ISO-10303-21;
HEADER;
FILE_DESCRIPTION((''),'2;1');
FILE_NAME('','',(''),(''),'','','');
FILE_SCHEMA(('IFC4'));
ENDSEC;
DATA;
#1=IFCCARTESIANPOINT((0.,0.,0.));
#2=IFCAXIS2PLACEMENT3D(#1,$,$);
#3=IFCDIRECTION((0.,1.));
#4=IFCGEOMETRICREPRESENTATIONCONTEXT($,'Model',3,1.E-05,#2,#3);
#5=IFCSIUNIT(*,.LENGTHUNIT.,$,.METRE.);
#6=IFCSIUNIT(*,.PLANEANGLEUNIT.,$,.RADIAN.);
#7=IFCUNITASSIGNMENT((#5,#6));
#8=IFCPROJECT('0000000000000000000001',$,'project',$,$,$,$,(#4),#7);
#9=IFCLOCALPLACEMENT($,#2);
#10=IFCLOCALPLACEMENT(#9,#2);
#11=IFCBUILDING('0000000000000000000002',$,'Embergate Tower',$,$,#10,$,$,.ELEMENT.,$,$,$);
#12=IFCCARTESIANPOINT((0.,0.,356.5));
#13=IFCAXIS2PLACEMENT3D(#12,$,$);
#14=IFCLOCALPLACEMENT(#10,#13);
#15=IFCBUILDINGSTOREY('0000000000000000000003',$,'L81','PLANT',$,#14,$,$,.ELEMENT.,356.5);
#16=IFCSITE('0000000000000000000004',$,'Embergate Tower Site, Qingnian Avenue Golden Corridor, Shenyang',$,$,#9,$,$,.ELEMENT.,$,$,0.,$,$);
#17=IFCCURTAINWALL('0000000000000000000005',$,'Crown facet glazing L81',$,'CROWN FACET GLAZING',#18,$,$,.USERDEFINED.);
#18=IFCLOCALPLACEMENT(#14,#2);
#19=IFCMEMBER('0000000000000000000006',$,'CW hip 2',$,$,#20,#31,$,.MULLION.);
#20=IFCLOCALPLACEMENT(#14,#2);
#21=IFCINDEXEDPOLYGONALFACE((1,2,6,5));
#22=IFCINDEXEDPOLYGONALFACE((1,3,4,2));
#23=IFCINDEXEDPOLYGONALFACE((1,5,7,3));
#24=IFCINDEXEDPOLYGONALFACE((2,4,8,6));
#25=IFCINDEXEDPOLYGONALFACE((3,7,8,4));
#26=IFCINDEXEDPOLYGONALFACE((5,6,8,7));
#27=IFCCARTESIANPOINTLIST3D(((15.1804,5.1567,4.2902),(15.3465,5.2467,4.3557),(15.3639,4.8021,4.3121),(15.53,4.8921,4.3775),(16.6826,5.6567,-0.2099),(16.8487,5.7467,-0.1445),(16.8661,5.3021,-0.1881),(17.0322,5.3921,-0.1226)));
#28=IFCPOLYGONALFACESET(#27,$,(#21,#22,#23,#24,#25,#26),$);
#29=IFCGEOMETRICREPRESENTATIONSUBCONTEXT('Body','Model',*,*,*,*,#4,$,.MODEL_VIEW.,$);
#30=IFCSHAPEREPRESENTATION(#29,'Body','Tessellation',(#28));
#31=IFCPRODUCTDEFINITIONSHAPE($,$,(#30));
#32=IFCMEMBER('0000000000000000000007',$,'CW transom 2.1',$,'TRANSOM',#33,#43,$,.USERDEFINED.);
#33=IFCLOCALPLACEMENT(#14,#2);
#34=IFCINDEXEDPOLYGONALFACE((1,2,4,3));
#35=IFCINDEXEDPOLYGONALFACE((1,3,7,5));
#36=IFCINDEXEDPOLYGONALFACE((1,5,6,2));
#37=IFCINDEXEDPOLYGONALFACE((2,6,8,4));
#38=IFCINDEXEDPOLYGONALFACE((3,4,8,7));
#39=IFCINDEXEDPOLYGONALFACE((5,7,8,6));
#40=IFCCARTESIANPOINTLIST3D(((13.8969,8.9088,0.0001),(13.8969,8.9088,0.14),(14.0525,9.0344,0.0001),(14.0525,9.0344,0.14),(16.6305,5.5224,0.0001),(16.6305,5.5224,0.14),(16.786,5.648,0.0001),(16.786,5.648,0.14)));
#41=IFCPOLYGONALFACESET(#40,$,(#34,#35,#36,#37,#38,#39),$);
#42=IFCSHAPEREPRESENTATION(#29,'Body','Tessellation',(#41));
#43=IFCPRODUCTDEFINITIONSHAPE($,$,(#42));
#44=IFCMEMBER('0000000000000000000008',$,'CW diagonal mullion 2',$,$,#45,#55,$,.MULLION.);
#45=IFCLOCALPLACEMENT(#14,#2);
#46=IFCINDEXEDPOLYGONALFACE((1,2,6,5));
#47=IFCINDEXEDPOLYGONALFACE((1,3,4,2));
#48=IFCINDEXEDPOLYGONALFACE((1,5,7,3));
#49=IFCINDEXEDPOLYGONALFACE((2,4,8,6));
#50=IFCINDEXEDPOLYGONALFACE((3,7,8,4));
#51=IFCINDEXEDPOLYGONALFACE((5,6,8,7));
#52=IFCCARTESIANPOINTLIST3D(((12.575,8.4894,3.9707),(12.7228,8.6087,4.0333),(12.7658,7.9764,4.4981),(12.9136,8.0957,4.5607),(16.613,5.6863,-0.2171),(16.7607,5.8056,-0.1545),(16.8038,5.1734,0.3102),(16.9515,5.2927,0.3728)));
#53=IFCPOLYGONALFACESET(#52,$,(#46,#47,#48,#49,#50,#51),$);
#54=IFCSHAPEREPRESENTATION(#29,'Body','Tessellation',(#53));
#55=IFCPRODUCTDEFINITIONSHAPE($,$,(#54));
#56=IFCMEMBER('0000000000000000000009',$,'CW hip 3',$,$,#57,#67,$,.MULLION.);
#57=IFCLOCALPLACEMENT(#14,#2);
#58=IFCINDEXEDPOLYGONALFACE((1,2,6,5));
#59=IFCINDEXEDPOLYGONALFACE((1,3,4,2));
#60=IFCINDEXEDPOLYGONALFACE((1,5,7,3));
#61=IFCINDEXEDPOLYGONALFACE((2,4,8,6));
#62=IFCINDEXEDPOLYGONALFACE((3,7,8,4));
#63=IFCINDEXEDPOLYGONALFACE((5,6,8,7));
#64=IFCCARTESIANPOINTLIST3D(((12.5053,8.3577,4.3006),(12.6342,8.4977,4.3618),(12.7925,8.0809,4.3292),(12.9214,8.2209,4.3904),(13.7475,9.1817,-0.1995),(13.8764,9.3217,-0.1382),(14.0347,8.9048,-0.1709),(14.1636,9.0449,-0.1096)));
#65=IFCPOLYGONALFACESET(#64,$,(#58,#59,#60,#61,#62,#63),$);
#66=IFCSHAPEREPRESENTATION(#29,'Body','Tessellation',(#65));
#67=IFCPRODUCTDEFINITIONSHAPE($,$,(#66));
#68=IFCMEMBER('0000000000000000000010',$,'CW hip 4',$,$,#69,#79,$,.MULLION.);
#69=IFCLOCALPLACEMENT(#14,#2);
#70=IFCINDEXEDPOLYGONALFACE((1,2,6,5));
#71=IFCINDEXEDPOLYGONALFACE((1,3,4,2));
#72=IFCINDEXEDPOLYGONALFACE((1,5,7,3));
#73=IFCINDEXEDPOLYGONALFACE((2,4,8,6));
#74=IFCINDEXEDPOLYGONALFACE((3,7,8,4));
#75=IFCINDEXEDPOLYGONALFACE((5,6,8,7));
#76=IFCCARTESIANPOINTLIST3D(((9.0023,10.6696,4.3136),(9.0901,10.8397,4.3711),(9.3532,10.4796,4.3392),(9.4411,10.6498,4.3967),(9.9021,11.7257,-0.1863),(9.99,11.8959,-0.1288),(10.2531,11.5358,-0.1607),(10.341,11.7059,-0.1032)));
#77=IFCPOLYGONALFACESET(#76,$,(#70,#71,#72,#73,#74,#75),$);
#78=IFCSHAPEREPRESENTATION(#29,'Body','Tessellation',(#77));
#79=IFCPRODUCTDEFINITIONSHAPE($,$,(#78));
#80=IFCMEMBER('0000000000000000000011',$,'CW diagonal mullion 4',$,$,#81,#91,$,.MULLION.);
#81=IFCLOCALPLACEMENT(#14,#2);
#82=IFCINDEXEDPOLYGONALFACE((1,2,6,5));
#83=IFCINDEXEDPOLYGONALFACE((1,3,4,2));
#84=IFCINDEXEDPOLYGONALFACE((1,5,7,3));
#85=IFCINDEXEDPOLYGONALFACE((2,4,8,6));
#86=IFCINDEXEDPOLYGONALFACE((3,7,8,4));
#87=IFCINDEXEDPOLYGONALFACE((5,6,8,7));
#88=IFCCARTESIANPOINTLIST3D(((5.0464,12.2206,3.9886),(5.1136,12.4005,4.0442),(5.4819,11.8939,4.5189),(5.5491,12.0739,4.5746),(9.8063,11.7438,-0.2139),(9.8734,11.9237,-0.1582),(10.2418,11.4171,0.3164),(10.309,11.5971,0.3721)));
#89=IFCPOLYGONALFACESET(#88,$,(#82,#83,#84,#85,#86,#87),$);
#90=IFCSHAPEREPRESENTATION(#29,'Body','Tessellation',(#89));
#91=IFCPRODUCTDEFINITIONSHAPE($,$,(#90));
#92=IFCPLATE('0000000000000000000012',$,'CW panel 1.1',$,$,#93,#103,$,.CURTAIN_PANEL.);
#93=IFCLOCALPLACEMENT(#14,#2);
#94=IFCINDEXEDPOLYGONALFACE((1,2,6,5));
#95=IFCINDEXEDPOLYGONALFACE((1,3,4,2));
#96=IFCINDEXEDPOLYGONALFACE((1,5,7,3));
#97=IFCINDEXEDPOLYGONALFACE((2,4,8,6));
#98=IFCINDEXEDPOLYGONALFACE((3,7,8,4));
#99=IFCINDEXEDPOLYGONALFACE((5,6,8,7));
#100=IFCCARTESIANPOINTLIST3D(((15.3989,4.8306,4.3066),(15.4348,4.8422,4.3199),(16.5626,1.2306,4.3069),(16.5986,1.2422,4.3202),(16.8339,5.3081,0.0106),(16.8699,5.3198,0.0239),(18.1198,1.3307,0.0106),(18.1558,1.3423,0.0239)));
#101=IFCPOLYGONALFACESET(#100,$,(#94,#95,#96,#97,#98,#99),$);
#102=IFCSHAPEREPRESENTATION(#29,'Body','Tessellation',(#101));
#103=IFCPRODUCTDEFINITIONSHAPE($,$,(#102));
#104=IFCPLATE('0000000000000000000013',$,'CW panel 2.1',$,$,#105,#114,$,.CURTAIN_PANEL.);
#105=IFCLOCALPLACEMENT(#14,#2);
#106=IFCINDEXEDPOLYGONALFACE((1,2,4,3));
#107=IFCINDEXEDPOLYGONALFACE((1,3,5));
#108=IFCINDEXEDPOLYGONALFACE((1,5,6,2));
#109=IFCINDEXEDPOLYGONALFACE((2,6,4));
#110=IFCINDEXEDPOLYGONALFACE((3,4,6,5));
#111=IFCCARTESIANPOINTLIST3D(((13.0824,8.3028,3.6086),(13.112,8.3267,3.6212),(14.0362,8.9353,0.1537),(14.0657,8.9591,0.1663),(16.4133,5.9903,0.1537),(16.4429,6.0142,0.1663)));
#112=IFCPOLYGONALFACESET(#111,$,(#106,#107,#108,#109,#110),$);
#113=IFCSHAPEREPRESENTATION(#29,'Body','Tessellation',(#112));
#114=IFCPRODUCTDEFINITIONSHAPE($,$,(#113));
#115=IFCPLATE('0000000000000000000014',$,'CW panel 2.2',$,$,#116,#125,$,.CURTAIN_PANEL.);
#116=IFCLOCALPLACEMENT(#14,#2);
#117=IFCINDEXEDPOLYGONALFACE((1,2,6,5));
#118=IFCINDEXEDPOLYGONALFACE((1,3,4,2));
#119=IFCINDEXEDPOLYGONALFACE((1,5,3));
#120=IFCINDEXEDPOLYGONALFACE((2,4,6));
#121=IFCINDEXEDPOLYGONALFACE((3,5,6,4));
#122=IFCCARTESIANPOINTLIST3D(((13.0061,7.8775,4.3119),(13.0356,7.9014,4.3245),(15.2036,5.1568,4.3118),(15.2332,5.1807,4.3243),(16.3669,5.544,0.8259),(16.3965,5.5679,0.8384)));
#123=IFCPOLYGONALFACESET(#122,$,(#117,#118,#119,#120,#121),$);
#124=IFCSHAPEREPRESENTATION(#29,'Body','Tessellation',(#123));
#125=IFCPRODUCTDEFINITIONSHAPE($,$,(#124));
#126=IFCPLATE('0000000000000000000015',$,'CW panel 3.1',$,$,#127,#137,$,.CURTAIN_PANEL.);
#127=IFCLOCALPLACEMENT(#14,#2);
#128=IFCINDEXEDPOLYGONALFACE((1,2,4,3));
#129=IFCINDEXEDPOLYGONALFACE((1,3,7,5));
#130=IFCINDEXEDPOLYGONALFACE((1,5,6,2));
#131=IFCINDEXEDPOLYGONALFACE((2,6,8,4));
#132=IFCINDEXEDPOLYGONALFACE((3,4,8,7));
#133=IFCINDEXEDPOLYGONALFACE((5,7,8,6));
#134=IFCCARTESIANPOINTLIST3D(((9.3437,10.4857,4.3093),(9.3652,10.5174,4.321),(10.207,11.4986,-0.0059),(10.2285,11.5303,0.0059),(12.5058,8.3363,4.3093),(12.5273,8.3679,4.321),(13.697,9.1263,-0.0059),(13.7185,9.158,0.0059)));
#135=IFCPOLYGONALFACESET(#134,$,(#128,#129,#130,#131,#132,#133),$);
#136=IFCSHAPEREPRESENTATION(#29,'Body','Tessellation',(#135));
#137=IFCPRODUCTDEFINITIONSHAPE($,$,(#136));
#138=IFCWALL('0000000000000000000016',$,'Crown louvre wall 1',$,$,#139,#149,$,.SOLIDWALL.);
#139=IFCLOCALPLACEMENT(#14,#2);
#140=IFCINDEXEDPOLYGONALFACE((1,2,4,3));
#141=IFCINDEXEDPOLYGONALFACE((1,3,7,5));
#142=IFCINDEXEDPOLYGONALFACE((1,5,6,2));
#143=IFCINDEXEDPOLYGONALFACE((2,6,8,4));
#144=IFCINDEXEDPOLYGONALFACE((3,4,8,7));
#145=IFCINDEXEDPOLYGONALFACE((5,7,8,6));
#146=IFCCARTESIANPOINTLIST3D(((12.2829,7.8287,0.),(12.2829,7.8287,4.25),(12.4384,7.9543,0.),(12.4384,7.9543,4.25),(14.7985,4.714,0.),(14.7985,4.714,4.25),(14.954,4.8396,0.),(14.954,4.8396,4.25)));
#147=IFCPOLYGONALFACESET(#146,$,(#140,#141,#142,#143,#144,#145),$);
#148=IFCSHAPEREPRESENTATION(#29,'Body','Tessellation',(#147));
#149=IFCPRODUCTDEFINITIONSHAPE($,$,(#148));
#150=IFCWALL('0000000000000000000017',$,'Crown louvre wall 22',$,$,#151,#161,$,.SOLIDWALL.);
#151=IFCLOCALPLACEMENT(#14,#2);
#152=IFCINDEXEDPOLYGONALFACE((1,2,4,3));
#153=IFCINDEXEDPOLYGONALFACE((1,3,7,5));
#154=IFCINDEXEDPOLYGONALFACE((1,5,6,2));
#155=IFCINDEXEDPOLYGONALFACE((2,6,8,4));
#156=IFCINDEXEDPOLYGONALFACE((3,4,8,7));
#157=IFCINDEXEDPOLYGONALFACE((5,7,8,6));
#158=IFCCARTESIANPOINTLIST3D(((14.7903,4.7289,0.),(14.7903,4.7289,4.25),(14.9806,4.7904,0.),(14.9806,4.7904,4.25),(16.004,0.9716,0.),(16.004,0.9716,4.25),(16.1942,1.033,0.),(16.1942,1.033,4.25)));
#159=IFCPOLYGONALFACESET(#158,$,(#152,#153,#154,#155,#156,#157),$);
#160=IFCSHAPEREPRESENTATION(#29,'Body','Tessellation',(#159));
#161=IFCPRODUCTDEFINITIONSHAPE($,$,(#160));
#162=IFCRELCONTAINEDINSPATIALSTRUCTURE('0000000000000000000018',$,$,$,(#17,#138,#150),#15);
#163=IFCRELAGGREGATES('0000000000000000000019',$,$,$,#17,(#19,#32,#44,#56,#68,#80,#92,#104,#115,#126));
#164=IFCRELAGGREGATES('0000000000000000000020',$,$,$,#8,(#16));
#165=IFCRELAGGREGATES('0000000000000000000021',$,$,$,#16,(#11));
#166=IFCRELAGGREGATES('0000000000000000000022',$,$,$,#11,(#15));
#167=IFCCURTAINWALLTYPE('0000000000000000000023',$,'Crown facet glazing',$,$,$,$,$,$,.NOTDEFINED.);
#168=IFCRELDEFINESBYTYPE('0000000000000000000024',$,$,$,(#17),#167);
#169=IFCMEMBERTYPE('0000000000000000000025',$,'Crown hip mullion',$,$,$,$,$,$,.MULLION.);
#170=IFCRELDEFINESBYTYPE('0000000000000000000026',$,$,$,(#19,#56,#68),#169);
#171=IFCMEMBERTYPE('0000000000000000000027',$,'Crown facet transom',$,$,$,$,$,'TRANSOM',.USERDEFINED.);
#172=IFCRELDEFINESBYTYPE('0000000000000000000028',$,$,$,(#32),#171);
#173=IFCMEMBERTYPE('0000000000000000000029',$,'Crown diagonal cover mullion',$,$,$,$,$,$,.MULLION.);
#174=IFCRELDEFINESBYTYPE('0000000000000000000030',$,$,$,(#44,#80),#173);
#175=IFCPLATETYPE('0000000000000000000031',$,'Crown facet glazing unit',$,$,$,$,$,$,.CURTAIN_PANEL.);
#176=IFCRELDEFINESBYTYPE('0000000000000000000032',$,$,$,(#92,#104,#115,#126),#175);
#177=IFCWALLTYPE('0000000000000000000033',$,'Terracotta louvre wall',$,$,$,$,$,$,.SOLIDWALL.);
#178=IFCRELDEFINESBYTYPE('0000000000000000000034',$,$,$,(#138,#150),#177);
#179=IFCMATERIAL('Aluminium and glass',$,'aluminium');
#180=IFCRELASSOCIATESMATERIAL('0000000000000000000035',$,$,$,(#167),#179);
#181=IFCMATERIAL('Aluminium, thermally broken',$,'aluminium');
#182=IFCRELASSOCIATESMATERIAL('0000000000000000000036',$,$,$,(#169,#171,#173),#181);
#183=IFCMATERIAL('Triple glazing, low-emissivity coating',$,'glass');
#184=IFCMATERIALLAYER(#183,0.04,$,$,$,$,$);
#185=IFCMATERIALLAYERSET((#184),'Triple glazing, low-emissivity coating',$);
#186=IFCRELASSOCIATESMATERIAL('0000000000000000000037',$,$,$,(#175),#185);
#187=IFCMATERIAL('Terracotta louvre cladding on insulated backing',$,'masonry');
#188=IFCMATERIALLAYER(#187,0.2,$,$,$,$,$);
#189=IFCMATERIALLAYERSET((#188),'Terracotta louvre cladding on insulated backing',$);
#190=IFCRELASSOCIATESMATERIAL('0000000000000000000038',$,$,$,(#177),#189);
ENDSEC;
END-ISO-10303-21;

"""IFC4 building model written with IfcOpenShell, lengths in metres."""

from ifc_helpers import new_model, si_unit, direction, frame, frame_2d, origin, origin_2d, place, context, subcontext, project, spatial, polyline, rectangle, outline, extrude, source, transform, mapped, material, layer, layer_set, material_profile, profile_set, type_object, element, aggregate, save


model = new_model("IFC4")

# Units and contexts
model_context = context("Model", 3, precision=1e-05, world=origin(), true_north=direction((0.0, 1.0)))
body_context = subcontext(model_context, "Body", "Model", "MODEL_VIEW")
ifc_project = project(units=[si_unit("LENGTHUNIT", "METRE"), si_unit("PLANEANGLEUNIT", "RADIAN")], contexts=[model_context])

# Site, building, storey
site_placement = place(None, origin())
site = spatial("IfcSite", under=ifc_project, at=site_placement, Name="Embergate Tower Site, Qingnian Avenue Golden Corridor, Shenyang", CompositionType="ELEMENT", RefElevation=0.0)
building_placement = place(site_placement, origin())
building = spatial("IfcBuilding", under=site, at=building_placement, Name="Embergate Tower", CompositionType="ELEMENT")
storey_placement = place(building_placement, frame((0.0, 0.0, 356.5)))
storey = spatial("IfcBuildingStorey", under=building, at=storey_placement, Name="L81", Description="PLANT", CompositionType="ELEMENT", Elevation=356.5)

# Curtain wall, members, plates
ifc_material_1 = material(Name="Aluminium and glass", Category="aluminium")
curtain_wall_type = type_object("IfcCurtainWallType", Name="Crown facet glazing", PredefinedType="NOTDEFINED", material=ifc_material_1)
curtain_wall_placement = place(storey_placement, origin())
curtain_wall = element("IfcCurtainWall", 1, at=curtain_wall_placement, inside=storey, type_object=curtain_wall_type, Name="Crown facet glazing L81", ObjectType="CROWN FACET GLAZING", PredefinedType="USERDEFINED")
ifc_material_2 = material(Name="Aluminium, thermally broken", Category="aluminium")
ifc_material_profile_1 = material_profile(ifc_material_2, rectangle(XDim=0.2, YDim=0.3999, at=origin_2d()), Name="AL 400x200")
ifc_profile_set_1 = profile_set([ifc_material_profile_1], Name="Aluminium, thermally broken")
member_type_1 = type_object("IfcMemberType", Name="Crown hip mullion", PredefinedType="MULLION", material=ifc_profile_set_1)
shared_shape_1 = source(origin(), body_context, "Body", "SweptSolid", [
    extrude(rectangle(XDim=0.2, YDim=0.3999, at=origin_2d()), origin(), (0.0, 0.0, 1.0), 4.7705),
])
member_1_placement = place(storey_placement, frame((16.8574, 5.5244, -0.1663), z_axis=(-0.3149, -0.104813, 0.94332), x_axis=(0.830809, 0.450106, 0.327354)))
member_1 = element("IfcMember", 2, at=member_1_placement, type_object=member_type_1, Name="CW hip 2", PredefinedType="MULLION", context=body_context, shape_type="MappedRepresentation", body=[
    mapped(shared_shape_1, transform((0.0, 0.0, 0.0))),
])
ifc_material_profile_2 = material_profile(ifc_material_2, rectangle(XDim=0.2, YDim=0.1399, at=origin_2d()), Name="AL 140x200")
ifc_profile_set_2 = profile_set([ifc_material_profile_2], Name="Aluminium, thermally broken")
member_type_2 = type_object("IfcMemberType", Name="Crown facet transom", ElementType="TRANSOM", PredefinedType="USERDEFINED", material=ifc_profile_set_2)
shared_shape_2 = source(origin(), body_context, "Body", "SweptSolid", [
    extrude(rectangle(XDim=0.2, YDim=0.1399, at=origin_2d()), origin(), (0.0, 0.0, 1.0), 4.3521),
])
member_2_placement = place(storey_placement, frame((16.7083, 5.5852, 0.0701), z_axis=(-0.628116, 0.778119, 0.0), x_axis=(-0.778119, -0.628116, 0.0)))
member_2 = element("IfcMember", 3, at=member_2_placement, type_object=member_type_2, Name="CW transom 2.1", ObjectType="TRANSOM", PredefinedType="USERDEFINED", context=body_context, shape_type="MappedRepresentation", body=[
    mapped(shared_shape_2, transform((0.0, 0.0, 0.0))),
])
ifc_material_profile_3 = material_profile(ifc_material_2, rectangle(XDim=0.2, YDim=0.76, at=origin_2d()), Name="AL 760x200")
ifc_profile_set_3 = profile_set([ifc_material_profile_3], Name="Aluminium, thermally broken")
member_type_3 = type_object("IfcMemberType", Name="Crown diagonal cover mullion", PredefinedType="MULLION", material=ifc_profile_set_3)
shared_shape_3 = source(origin(), body_context, "Body", "SweptSolid", [
    extrude(rectangle(XDim=0.2, YDim=0.76, at=origin_2d()), origin(), (0.0, 0.0, 1.0), 6.4575),
])
member_3_placement = place(storey_placement, frame((16.7822, 5.4895, 0.0779), z_axis=(-0.625304, 0.434072, 0.648518), x_axis=(0.738893, 0.596677, 0.313071)))
member_3 = element("IfcMember", 4, at=member_3_placement, type_object=member_type_3, Name="CW diagonal mullion 2", PredefinedType="MULLION", context=body_context, shape_type="MappedRepresentation", body=[
    mapped(shared_shape_3, transform((0.0, 0.0, 0.0))),
])
shared_shape_4 = source(origin(), body_context, "Body", "SweptSolid", [
    extrude(rectangle(XDim=0.2, YDim=0.3999, at=origin_2d()), origin(), (0.0, 0.0, 1.0), 4.7405),
])
member_4_placement = place(storey_placement, frame((13.9556, 9.1133, -0.1545), z_axis=(-0.262039, -0.173817, 0.949275), x_axis=(0.644657, 0.700466, 0.306211)))
member_4 = element("IfcMember", 5, at=member_4_placement, type_object=member_type_1, Name="CW hip 3", PredefinedType="MULLION", context=body_context, shape_type="MappedRepresentation", body=[
    mapped(shared_shape_4, transform((0.0, 0.0, 0.0))),
])
shared_shape_5 = source(origin(), body_context, "Body", "SweptSolid", [
    extrude(rectangle(XDim=0.2, YDim=0.3999, at=origin_2d()), origin(), (0.0, 0.0, 1.0), 4.709),
])
member_5_placement = place(storey_placement, frame((10.1216, 11.7158, -0.1448), z_axis=(-0.1911, -0.224281, 0.955604), x_axis=(0.439505, 0.85095, 0.28761)))
member_5 = element("IfcMember", 6, at=member_5_placement, type_object=member_type_1, Name="CW hip 4", PredefinedType="MULLION", context=body_context, shape_type="MappedRepresentation", body=[
    mapped(shared_shape_5, transform((0.0, 0.0, 0.0))),
])
shared_shape_6 = source(origin(), body_context, "Body", "SweptSolid", [
    extrude(rectangle(XDim=0.2, YDim=0.76, at=origin_2d()), origin(), (0.0, 0.0, 1.0), 6.3674),
])
member_6_placement = place(storey_placement, frame((10.0576, 11.6704, 0.0791), z_axis=(-0.74753, 0.074883, 0.659994), x_axis=(0.3359, 0.899827, 0.278356)))
member_6 = element("IfcMember", 7, at=member_6_placement, type_object=member_type_3, Name="CW diagonal mullion 4", PredefinedType="MULLION", context=body_context, shape_type="MappedRepresentation", body=[
    mapped(shared_shape_6, transform((0.0, 0.0, 0.0))),
])
ifc_material_3 = material(Name="Triple glazing, low-emissivity coating", Category="glass")
ifc_layer_1 = layer(ifc_material_3, 0.04)
ifc_layer_set_1 = layer_set([ifc_layer_1], Name="Triple glazing, low-emissivity coating")
plate_type = type_object("IfcPlateType", Name="Crown facet glazing unit", PredefinedType="CURTAIN_PANEL", material=ifc_layer_set_1)
shared_shape_7 = source(origin(), body_context, "Body", "SweptSolid", [
    extrude(outline(polyline([(0.0, 0.0), (4.1802, 0.0), (4.1672, 4.5544), (0.3838, 4.5547), (0.0, 0.0)])), origin(), (0.0, 0.0, -1.0), 0.04),
])
plate_1_placement = place(storey_placement, frame((18.1558, 1.3423, 0.0239), z_axis=(0.897517, 0.290161, 0.332069), x_axis=(-0.307616, 0.951511, -0.000002)))
plate_1 = element("IfcPlate", 8, at=plate_1_placement, type_object=plate_type, Name="CW panel 1.1", PredefinedType="CURTAIN_PANEL", context=body_context, shape_type="MappedRepresentation", body=[
    mapped(shared_shape_7, transform((0.0, 0.0, 0.0))),
])
shared_shape_8 = source(origin(), body_context, "Body", "SweptSolid", [
    extrude(outline(polyline([(0.0, 0.0), (3.7847, 0.0), (3.8916, 3.6379), (0.0, 0.0)])), origin(), (0.0, 0.0, -1.0), 0.04),
])
plate_2_placement = place(storey_placement, frame((16.4429, 6.0142, 0.1663), z_axis=(0.738988, 0.596495, 0.313194), x_axis=(-0.628095, 0.778136, 0.0)))
plate_2 = element("IfcPlate", 9, at=plate_2_placement, type_object=plate_type, Name="CW panel 2.1", PredefinedType="CURTAIN_PANEL", context=body_context, shape_type="MappedRepresentation", body=[
    mapped(shared_shape_8, transform((0.0, 0.0, 0.0))),
])
shared_shape_9 = source(origin(), body_context, "Body", "SweptSolid", [
    extrude(outline(polyline([(0.0, 0.0), (5.3752, 0.0), (2.8201, 2.3879), (0.0, 0.0)])), origin(), (0.0, 0.0, -1.0), 0.04),
])
plate_3_placement = place(storey_placement, frame((16.3965, 5.5679, 0.8384), z_axis=(0.738886, 0.596797, 0.312859), x_axis=(-0.625244, 0.434119, 0.648545)))
plate_3 = element("IfcPlate", 10, at=plate_3_placement, type_object=plate_type, Name="CW panel 2.2", PredefinedType="CURTAIN_PANEL", context=body_context, shape_type="MappedRepresentation", body=[
    mapped(shared_shape_9, transform((0.0, 0.0, 0.0))),
])
shared_shape_10 = source(origin(), body_context, "Body", "SweptSolid", [
    extrude(outline(polyline([(0.0, 0.0), (4.22, 0.0), (4.3645, 4.5134), (0.541, 4.5134), (0.0, 0.0)])), origin(), (0.0, 0.0, -1.0), 0.04),
])
plate_4_placement = place(storey_placement, frame((13.7185, 9.158, 0.0059), z_axis=(0.537471, 0.790696, 0.293129), x_axis=(-0.827025, 0.562166, -0.000001)))
plate_4 = element("IfcPlate", 11, at=plate_4_placement, type_object=plate_type, Name="CW panel 3.1", PredefinedType="CURTAIN_PANEL", context=body_context, shape_type="MappedRepresentation", body=[
    mapped(shared_shape_10, transform((0.0, 0.0, 0.0))),
])
aggregate(curtain_wall, [member_1, member_2, member_3, member_4, member_5, member_6, plate_1, plate_2, plate_3, plate_4])

# Walls
ifc_material_4 = material(Name="Terracotta louvre cladding on insulated backing", Category="masonry")
ifc_layer_2 = layer(ifc_material_4, 0.2)
ifc_layer_set_2 = layer_set([ifc_layer_2], Name="Terracotta louvre cladding on insulated backing")
wall_type_1 = type_object("IfcWallType", Name="Terracotta louvre wall", PredefinedType="SOLIDWALL", material=ifc_layer_set_2)
shared_shape_11 = source(origin(), body_context, "Body", "SweptSolid", [
    extrude(rectangle(XDim=4.0037, YDim=0.2, at=frame_2d((2.002, 0.0))), origin(), (0.0, 0.0, 1.0), 4.25),
])
wall_1_placement = place(storey_placement, frame((12.3606, 7.8916, 0.0), z_axis=(0.0, 0.0, 1.0), x_axis=(0.628317, -0.777957, 0.0)))
element("IfcWall", 12, at=wall_1_placement, inside=storey, type_object=wall_type_1, Name="Crown louvre wall 1", PredefinedType="SOLIDWALL", context=body_context, shape_type="MappedRepresentation", body=[
    mapped(shared_shape_11, transform((0.0, 0.0, 0.0))),
])
shared_shape_12 = source(origin(), body_context, "Body", "SweptSolid", [
    extrude(rectangle(XDim=3.9485, YDim=0.2, at=frame_2d((1.9741, 0.0))), origin(), (0.0, 0.0, 1.0), 4.25),
])
wall_2_placement = place(storey_placement, frame((14.8855, 4.7595, 0.0), z_axis=(0.0, 0.0, 1.0), x_axis=(0.307366, -0.951591, 0.0)))
element("IfcWall", 13, at=wall_2_placement, inside=storey, type_object=wall_type_1, Name="Crown louvre wall 22", PredefinedType="SOLIDWALL", context=body_context, shape_type="MappedRepresentation", body=[
    mapped(shared_shape_12, transform((0.0, 0.0, 0.0))),
])

save(model, "model.ifc")
